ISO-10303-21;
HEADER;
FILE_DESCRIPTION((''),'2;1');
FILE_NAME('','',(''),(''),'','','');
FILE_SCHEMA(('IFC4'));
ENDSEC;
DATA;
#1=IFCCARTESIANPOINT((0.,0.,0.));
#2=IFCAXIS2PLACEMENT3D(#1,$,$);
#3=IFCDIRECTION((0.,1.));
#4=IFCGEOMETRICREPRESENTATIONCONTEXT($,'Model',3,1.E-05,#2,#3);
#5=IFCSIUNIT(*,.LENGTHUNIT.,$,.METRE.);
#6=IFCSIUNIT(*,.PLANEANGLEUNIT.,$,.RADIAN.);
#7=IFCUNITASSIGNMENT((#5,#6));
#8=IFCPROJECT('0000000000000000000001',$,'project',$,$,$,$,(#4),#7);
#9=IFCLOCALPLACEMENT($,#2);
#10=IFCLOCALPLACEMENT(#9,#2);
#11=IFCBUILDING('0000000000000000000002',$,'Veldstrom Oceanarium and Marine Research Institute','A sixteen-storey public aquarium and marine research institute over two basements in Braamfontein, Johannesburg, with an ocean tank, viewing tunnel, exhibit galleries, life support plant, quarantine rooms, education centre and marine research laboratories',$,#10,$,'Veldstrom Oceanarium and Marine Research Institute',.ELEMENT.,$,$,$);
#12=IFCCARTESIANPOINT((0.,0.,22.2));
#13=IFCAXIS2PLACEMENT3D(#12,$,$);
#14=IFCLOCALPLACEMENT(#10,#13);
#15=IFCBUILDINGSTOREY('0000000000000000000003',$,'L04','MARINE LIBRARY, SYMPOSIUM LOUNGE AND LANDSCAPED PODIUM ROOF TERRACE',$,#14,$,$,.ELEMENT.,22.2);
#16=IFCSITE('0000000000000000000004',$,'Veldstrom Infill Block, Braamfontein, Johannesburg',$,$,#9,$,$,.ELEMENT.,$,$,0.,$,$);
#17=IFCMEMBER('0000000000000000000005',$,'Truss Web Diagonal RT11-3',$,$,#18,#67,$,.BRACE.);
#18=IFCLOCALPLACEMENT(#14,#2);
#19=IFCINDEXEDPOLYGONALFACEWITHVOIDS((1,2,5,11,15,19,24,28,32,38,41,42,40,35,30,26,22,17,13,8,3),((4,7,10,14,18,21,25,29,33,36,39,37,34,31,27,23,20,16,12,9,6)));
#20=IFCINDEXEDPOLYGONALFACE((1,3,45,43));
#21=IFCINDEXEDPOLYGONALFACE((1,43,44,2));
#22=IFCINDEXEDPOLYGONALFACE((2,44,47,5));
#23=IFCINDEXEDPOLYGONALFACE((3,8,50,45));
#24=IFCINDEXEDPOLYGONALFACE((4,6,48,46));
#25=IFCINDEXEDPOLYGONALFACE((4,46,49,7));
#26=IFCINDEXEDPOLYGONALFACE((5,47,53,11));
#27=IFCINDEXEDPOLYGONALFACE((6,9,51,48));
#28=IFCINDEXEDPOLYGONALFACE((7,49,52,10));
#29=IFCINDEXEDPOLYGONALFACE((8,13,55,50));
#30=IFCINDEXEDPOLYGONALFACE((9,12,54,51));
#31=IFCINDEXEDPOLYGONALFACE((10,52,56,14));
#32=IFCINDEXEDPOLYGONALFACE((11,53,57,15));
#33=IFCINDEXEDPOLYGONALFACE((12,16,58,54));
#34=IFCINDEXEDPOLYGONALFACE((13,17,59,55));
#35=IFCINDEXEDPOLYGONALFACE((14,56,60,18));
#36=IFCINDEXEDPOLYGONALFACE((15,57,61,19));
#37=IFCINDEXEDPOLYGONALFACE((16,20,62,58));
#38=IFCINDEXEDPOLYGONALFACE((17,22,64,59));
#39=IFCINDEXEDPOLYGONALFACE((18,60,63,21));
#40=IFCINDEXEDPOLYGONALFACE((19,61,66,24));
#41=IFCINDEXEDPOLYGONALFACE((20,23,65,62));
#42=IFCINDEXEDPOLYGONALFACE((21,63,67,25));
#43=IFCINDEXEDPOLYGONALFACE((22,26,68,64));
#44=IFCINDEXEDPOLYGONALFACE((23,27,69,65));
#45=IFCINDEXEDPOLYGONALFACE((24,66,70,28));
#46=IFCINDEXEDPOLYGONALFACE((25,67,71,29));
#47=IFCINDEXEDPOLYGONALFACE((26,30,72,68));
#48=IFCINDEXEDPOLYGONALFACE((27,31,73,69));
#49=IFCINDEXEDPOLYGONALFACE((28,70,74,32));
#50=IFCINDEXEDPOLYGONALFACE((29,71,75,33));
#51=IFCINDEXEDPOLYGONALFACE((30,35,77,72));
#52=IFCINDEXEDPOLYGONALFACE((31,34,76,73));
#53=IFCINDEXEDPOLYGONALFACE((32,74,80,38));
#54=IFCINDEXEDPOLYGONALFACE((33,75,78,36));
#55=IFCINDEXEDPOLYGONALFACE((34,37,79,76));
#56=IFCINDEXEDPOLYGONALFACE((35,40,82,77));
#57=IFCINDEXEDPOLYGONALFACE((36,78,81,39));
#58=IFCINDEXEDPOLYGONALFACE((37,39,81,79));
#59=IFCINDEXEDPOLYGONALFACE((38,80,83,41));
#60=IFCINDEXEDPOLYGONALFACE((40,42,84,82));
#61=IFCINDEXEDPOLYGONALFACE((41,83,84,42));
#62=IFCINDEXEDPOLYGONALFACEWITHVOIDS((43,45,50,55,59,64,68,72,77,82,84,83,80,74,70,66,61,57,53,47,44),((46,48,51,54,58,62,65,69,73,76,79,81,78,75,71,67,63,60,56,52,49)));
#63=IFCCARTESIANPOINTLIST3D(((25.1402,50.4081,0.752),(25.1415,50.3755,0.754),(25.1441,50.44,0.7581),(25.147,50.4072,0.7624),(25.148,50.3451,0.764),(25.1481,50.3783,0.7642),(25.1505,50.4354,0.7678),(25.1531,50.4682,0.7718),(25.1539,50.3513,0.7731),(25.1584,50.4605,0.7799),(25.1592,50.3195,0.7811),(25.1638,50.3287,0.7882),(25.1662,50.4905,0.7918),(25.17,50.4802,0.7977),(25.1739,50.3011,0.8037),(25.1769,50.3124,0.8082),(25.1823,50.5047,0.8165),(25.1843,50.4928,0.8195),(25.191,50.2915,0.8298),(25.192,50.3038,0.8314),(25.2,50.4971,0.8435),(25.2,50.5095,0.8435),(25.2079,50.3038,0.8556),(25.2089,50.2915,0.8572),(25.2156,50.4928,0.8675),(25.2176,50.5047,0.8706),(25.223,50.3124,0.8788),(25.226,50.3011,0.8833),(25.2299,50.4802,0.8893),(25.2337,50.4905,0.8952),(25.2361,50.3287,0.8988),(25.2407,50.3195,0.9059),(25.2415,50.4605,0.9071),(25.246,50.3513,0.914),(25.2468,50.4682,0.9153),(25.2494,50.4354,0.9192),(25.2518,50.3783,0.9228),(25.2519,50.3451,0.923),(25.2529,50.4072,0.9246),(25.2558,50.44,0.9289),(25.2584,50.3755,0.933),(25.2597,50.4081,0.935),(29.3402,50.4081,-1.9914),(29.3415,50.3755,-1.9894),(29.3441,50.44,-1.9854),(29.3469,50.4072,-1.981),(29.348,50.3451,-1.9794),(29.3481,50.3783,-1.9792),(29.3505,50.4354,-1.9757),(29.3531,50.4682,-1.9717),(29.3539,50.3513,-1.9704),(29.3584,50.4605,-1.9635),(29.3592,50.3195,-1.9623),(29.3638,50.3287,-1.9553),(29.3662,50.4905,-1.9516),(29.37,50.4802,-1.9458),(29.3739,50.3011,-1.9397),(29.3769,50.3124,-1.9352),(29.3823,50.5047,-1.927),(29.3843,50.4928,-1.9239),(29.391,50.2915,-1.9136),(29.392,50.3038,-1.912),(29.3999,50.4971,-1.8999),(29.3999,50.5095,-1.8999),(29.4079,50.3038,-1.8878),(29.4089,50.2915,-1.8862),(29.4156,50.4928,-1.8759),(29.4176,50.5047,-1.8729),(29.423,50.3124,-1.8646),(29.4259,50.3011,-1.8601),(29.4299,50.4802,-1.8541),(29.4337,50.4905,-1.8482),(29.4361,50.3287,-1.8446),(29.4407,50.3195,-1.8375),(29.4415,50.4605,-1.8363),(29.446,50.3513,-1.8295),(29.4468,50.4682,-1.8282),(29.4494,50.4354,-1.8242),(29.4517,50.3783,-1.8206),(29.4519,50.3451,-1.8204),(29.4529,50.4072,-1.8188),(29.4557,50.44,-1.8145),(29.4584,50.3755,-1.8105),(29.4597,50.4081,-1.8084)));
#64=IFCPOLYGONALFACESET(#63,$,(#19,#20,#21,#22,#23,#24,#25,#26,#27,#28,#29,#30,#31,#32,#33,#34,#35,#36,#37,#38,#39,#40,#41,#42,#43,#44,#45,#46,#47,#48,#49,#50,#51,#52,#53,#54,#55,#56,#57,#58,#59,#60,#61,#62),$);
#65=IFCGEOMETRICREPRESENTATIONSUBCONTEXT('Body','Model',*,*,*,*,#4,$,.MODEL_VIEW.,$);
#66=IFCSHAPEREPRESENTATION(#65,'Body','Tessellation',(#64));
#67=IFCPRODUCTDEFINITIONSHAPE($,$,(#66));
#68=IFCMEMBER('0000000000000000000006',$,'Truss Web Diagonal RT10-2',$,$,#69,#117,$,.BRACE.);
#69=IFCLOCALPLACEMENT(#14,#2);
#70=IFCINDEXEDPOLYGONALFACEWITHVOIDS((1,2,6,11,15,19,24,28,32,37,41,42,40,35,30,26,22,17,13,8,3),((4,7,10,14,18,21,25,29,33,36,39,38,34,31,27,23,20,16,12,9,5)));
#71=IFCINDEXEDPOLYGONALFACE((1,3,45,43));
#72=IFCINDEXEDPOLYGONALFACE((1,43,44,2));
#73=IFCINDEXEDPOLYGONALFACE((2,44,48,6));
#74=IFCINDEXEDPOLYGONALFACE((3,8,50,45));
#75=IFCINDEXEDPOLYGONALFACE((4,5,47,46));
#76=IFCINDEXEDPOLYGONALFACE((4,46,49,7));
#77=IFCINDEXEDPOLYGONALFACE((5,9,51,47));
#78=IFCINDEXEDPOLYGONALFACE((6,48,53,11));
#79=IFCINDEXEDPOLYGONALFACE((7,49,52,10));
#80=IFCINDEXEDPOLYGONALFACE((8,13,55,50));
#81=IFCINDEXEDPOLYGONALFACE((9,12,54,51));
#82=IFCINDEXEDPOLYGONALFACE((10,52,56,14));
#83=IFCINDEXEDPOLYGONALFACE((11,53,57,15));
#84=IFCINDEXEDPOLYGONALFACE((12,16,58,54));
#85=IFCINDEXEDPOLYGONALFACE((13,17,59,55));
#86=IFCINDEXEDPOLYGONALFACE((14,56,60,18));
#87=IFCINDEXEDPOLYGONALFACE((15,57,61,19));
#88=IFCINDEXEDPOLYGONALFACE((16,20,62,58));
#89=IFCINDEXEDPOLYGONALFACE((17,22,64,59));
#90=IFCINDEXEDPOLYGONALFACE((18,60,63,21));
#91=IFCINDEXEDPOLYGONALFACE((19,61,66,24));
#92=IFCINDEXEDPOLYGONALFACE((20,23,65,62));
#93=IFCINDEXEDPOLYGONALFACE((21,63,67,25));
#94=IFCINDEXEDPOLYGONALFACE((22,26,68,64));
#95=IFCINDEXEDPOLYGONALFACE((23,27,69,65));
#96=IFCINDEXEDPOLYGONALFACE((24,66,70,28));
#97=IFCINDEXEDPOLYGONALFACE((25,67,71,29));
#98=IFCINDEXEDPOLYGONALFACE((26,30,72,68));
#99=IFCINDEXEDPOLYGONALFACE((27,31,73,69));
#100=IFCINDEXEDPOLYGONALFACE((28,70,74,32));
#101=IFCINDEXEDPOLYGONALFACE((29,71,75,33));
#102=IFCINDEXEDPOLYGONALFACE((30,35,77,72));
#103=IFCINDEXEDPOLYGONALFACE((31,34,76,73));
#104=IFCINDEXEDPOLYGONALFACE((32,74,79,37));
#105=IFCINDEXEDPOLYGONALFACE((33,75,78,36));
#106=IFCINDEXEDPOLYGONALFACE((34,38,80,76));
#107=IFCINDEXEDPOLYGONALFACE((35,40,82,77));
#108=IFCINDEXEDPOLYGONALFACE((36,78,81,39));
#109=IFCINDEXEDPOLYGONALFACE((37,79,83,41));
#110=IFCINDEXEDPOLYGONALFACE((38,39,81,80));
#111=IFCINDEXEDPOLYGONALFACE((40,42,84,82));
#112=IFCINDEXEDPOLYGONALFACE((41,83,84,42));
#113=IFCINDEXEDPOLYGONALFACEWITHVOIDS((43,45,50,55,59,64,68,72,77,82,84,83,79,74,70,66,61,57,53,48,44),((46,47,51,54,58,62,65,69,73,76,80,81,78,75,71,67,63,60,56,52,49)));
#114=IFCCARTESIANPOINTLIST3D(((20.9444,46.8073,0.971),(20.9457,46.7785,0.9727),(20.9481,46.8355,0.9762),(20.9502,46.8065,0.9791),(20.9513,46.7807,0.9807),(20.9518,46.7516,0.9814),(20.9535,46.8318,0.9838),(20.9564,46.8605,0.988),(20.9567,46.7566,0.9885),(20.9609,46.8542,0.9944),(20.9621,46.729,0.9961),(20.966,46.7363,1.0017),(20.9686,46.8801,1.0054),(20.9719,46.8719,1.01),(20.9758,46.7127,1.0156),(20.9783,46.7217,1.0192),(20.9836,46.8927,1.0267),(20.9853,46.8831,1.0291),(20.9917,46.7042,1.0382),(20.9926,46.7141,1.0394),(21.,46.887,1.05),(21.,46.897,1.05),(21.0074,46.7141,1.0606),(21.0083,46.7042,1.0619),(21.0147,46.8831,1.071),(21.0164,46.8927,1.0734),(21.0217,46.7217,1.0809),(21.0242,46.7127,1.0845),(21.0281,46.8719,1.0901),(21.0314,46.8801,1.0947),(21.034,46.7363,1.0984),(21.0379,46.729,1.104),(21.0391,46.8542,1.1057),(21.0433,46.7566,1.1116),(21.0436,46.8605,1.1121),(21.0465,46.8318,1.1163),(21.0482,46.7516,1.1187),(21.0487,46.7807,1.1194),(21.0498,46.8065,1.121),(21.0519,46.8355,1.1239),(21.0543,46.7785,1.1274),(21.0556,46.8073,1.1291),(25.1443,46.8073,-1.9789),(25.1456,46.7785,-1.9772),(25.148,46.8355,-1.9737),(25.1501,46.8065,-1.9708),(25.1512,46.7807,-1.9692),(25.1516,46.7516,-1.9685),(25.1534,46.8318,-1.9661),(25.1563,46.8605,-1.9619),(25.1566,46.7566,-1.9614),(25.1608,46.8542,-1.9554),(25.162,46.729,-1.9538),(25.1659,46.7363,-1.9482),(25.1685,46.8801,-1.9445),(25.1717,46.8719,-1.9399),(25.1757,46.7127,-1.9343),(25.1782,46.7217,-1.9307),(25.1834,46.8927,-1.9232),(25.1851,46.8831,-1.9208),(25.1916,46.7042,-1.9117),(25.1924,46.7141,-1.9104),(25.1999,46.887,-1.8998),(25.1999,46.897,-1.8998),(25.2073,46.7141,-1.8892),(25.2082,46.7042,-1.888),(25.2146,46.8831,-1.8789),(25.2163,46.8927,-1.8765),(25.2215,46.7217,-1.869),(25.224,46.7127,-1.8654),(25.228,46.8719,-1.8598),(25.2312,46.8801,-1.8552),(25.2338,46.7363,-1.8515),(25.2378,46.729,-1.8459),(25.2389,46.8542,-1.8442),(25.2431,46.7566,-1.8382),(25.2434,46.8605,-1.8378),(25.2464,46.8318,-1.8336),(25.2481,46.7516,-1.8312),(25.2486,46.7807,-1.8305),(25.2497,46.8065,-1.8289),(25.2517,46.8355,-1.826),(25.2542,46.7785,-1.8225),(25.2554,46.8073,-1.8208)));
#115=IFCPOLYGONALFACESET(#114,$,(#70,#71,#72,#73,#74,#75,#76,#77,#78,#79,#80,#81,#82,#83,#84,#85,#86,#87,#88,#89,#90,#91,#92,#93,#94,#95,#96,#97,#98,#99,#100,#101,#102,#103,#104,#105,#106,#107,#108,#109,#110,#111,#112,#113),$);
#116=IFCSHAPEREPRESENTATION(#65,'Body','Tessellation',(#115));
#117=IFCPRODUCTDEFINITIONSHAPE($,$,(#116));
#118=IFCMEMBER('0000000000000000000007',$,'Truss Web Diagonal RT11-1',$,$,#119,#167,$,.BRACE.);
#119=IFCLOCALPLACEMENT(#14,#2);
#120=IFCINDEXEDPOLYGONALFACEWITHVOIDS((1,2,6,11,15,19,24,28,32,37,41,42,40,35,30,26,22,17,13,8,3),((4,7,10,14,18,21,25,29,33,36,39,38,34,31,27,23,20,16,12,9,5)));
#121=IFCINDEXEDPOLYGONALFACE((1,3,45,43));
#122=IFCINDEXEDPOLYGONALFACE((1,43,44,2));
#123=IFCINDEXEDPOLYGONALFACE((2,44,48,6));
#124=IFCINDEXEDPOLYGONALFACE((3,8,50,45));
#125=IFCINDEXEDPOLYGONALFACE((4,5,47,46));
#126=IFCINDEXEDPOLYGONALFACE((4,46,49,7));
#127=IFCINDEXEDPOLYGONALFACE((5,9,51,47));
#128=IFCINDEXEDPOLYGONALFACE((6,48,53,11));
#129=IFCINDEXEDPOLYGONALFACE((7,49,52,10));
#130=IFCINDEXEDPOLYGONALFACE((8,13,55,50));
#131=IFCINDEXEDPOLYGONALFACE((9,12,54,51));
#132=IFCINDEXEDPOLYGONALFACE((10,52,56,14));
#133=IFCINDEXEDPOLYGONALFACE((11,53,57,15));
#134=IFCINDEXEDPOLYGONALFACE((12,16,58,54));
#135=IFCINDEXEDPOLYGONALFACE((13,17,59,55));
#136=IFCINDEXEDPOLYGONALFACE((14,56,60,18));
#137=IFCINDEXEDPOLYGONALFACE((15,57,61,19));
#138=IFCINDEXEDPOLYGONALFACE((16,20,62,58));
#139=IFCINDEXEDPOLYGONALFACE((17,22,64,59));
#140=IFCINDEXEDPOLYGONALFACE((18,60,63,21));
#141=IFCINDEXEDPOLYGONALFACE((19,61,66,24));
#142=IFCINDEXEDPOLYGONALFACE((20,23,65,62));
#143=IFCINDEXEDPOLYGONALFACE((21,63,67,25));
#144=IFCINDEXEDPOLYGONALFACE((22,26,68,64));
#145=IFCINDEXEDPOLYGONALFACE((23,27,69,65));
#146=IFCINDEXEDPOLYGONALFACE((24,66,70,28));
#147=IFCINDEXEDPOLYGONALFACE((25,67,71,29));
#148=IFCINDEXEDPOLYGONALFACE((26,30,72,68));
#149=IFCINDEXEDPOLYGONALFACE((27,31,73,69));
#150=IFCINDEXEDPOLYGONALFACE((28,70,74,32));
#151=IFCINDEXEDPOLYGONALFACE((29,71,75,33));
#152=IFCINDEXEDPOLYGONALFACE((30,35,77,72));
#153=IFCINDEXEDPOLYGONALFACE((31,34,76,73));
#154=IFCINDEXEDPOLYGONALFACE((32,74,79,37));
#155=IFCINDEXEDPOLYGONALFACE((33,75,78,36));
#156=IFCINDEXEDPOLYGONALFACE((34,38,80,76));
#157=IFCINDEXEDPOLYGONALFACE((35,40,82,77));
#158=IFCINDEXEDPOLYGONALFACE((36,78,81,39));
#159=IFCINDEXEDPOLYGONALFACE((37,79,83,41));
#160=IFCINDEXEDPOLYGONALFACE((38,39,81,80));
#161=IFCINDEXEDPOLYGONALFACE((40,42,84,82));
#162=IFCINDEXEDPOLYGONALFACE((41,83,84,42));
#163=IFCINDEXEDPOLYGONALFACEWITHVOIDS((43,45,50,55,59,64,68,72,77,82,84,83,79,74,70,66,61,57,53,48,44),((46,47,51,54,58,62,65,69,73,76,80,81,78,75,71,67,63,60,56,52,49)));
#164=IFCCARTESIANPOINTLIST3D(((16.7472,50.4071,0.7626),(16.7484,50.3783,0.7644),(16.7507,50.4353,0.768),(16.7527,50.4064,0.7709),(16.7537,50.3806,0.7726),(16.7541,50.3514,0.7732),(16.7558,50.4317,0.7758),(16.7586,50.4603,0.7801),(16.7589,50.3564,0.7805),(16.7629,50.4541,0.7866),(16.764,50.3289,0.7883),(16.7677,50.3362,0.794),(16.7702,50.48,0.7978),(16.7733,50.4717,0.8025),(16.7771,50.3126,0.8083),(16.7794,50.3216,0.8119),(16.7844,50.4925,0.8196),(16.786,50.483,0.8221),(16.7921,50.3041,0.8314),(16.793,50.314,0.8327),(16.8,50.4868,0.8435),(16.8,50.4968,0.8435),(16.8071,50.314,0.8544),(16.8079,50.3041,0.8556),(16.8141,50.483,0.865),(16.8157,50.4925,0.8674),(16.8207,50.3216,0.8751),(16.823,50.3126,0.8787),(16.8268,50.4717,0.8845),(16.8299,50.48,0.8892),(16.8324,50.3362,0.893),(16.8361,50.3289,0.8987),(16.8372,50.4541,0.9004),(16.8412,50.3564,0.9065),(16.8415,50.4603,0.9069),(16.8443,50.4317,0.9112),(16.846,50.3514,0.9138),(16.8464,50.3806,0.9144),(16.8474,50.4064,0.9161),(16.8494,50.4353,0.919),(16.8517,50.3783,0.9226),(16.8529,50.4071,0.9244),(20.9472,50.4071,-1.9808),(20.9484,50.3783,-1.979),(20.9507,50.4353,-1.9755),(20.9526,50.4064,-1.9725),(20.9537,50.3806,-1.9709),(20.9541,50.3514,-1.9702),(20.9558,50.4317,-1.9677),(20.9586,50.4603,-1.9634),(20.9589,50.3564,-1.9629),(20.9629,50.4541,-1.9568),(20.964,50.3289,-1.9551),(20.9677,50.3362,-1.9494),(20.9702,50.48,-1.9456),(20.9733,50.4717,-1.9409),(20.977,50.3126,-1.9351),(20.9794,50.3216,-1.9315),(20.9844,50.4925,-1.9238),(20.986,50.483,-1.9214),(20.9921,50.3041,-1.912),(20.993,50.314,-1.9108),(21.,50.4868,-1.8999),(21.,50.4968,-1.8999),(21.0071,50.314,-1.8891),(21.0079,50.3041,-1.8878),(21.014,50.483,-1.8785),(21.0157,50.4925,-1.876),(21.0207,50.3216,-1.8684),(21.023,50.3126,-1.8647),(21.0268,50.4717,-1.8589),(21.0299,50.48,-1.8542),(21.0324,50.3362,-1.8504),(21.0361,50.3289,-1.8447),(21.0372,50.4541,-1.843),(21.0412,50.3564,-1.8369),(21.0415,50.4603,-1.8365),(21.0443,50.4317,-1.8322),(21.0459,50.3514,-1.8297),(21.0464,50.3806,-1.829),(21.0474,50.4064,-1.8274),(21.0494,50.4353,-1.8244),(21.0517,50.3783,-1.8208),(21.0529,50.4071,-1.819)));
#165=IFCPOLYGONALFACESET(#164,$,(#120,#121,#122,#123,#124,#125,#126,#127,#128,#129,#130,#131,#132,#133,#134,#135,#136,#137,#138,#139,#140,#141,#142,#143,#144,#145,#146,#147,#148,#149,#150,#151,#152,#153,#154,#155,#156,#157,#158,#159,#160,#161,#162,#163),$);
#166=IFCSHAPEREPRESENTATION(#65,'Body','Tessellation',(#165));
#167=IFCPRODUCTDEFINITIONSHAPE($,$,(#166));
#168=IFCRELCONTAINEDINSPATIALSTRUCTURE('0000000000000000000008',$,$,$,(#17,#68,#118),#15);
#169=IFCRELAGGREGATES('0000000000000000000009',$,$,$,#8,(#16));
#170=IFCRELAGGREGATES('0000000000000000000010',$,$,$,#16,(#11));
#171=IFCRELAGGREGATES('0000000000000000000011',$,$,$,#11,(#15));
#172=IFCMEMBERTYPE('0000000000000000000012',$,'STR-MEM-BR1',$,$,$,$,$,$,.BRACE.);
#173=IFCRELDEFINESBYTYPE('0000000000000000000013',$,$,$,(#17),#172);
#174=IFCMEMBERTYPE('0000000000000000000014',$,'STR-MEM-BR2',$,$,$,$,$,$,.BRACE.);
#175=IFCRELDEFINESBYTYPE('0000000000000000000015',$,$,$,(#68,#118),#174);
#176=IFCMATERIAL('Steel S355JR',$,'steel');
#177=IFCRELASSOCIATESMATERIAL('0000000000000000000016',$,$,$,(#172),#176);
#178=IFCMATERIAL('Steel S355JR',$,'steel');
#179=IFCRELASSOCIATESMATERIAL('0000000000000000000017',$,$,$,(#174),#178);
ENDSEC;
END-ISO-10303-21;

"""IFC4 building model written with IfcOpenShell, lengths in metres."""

from ifc_helpers import new_model, si_unit, direction, frame, origin, origin_2d, place, context, subcontext, project, spatial, hollow_circle, extrude, material, material_profile, profile_set, type_object, element, save


model = new_model("IFC4")

# Units and contexts
model_context = context("Model", 3, precision=1e-05, world=origin(), true_north=direction((0.0, 1.0)))
body_context = subcontext(model_context, "Body", "Model", "MODEL_VIEW")
ifc_project = project(units=[si_unit("LENGTHUNIT", "METRE"), si_unit("PLANEANGLEUNIT", "RADIAN")], contexts=[model_context])

# Site, building, storey
site_placement = place(None, origin())
site = spatial("IfcSite", under=ifc_project, at=site_placement, Name="Veldstrom Infill Block, Braamfontein, Johannesburg", CompositionType="ELEMENT", RefElevation=0.0)
building_placement = place(site_placement, origin())
building = spatial("IfcBuilding", under=site, at=building_placement, Name="Veldstrom Oceanarium and Marine Research Institute", Description="A sixteen-storey public aquarium and marine research institute over two basements in Braamfontein, Johannesburg, with an ocean tank, viewing tunnel, exhibit galleries, life support plant, quarantine rooms, education centre and marine research laboratories", LongName="Veldstrom Oceanarium and Marine Research Institute", CompositionType="ELEMENT")
storey_placement = place(building_placement, frame((0.0, 0.0, 22.2)))
storey = spatial("IfcBuildingStorey", under=building, at=storey_placement, Name="L04", Description="MARINE LIBRARY, SYMPOSIUM LOUNGE AND LANDSCAPED PODIUM ROOF TERRACE", CompositionType="ELEMENT", Elevation=22.2)

# Members
ifc_material_1 = material(Name="Steel S355JR", Category="steel")
ifc_material_profile_1 = material_profile(ifc_material_1, hollow_circle(Radius=0.1096, WallThickness=0.0125, at=origin_2d()), Name="CHS 219.1x12.5")
ifc_profile_set_1 = profile_set([ifc_material_profile_1], Name="Steel S355JR")
member_type_1 = type_object("IfcMemberType", Name="STR-MEM-BR1", PredefinedType="BRACE", material=ifc_profile_set_1)
member_1_placement = place(storey_placement, frame((25.2, 50.3999, 0.8435), z_axis=(0.837217, 0.0, -0.54687), x_axis=(0.0, 1.0, 0.0)))
element("IfcMember", 1, at=member_1_placement, inside=storey, type_object=member_type_1, Name="Truss Web Diagonal RT11-3", PredefinedType="BRACE", context=body_context, shape_type="SweptSolid", body=[
    extrude(hollow_circle(Radius=0.1096, WallThickness=0.0125, at=origin_2d()), origin(), (0.0, 0.0, 1.0), 5.0166),
])
ifc_material_2 = material(Name="Steel S355JR", Category="steel")
ifc_material_profile_2 = material_profile(ifc_material_2, hollow_circle(Radius=0.0969, WallThickness=0.01, at=origin_2d()), Name="CHS 193.7x10")
ifc_profile_set_2 = profile_set([ifc_material_profile_2], Name="Steel S355JR")
member_type_2 = type_object("IfcMemberType", Name="STR-MEM-BR2", PredefinedType="BRACE", material=ifc_profile_set_2)
member_2_placement = place(storey_placement, frame((21.0, 46.8, 1.05), z_axis=(0.818317, 0.0, -0.574767), x_axis=(0.0, 1.0, 0.0)))
element("IfcMember", 2, at=member_2_placement, inside=storey, type_object=member_type_2, Name="Truss Web Diagonal RT10-2", PredefinedType="BRACE", context=body_context, shape_type="SweptSolid", body=[
    extrude(hollow_circle(Radius=0.0969, WallThickness=0.01, at=origin_2d()), origin(), (0.0, 0.0, 1.0), 5.1323),
])
member_3_placement = place(storey_placement, frame((16.8, 50.3999, 0.8435), z_axis=(0.837217, 0.0, -0.54687), x_axis=(0.0, 1.0, 0.0)))
element("IfcMember", 3, at=member_3_placement, inside=storey, type_object=member_type_2, Name="Truss Web Diagonal RT11-1", PredefinedType="BRACE", context=body_context, shape_type="SweptSolid", body=[
    extrude(hollow_circle(Radius=0.0969, WallThickness=0.01, at=origin_2d()), origin(), (0.0, 0.0, 1.0), 5.0166),
])

save(model, "model.ifc")
